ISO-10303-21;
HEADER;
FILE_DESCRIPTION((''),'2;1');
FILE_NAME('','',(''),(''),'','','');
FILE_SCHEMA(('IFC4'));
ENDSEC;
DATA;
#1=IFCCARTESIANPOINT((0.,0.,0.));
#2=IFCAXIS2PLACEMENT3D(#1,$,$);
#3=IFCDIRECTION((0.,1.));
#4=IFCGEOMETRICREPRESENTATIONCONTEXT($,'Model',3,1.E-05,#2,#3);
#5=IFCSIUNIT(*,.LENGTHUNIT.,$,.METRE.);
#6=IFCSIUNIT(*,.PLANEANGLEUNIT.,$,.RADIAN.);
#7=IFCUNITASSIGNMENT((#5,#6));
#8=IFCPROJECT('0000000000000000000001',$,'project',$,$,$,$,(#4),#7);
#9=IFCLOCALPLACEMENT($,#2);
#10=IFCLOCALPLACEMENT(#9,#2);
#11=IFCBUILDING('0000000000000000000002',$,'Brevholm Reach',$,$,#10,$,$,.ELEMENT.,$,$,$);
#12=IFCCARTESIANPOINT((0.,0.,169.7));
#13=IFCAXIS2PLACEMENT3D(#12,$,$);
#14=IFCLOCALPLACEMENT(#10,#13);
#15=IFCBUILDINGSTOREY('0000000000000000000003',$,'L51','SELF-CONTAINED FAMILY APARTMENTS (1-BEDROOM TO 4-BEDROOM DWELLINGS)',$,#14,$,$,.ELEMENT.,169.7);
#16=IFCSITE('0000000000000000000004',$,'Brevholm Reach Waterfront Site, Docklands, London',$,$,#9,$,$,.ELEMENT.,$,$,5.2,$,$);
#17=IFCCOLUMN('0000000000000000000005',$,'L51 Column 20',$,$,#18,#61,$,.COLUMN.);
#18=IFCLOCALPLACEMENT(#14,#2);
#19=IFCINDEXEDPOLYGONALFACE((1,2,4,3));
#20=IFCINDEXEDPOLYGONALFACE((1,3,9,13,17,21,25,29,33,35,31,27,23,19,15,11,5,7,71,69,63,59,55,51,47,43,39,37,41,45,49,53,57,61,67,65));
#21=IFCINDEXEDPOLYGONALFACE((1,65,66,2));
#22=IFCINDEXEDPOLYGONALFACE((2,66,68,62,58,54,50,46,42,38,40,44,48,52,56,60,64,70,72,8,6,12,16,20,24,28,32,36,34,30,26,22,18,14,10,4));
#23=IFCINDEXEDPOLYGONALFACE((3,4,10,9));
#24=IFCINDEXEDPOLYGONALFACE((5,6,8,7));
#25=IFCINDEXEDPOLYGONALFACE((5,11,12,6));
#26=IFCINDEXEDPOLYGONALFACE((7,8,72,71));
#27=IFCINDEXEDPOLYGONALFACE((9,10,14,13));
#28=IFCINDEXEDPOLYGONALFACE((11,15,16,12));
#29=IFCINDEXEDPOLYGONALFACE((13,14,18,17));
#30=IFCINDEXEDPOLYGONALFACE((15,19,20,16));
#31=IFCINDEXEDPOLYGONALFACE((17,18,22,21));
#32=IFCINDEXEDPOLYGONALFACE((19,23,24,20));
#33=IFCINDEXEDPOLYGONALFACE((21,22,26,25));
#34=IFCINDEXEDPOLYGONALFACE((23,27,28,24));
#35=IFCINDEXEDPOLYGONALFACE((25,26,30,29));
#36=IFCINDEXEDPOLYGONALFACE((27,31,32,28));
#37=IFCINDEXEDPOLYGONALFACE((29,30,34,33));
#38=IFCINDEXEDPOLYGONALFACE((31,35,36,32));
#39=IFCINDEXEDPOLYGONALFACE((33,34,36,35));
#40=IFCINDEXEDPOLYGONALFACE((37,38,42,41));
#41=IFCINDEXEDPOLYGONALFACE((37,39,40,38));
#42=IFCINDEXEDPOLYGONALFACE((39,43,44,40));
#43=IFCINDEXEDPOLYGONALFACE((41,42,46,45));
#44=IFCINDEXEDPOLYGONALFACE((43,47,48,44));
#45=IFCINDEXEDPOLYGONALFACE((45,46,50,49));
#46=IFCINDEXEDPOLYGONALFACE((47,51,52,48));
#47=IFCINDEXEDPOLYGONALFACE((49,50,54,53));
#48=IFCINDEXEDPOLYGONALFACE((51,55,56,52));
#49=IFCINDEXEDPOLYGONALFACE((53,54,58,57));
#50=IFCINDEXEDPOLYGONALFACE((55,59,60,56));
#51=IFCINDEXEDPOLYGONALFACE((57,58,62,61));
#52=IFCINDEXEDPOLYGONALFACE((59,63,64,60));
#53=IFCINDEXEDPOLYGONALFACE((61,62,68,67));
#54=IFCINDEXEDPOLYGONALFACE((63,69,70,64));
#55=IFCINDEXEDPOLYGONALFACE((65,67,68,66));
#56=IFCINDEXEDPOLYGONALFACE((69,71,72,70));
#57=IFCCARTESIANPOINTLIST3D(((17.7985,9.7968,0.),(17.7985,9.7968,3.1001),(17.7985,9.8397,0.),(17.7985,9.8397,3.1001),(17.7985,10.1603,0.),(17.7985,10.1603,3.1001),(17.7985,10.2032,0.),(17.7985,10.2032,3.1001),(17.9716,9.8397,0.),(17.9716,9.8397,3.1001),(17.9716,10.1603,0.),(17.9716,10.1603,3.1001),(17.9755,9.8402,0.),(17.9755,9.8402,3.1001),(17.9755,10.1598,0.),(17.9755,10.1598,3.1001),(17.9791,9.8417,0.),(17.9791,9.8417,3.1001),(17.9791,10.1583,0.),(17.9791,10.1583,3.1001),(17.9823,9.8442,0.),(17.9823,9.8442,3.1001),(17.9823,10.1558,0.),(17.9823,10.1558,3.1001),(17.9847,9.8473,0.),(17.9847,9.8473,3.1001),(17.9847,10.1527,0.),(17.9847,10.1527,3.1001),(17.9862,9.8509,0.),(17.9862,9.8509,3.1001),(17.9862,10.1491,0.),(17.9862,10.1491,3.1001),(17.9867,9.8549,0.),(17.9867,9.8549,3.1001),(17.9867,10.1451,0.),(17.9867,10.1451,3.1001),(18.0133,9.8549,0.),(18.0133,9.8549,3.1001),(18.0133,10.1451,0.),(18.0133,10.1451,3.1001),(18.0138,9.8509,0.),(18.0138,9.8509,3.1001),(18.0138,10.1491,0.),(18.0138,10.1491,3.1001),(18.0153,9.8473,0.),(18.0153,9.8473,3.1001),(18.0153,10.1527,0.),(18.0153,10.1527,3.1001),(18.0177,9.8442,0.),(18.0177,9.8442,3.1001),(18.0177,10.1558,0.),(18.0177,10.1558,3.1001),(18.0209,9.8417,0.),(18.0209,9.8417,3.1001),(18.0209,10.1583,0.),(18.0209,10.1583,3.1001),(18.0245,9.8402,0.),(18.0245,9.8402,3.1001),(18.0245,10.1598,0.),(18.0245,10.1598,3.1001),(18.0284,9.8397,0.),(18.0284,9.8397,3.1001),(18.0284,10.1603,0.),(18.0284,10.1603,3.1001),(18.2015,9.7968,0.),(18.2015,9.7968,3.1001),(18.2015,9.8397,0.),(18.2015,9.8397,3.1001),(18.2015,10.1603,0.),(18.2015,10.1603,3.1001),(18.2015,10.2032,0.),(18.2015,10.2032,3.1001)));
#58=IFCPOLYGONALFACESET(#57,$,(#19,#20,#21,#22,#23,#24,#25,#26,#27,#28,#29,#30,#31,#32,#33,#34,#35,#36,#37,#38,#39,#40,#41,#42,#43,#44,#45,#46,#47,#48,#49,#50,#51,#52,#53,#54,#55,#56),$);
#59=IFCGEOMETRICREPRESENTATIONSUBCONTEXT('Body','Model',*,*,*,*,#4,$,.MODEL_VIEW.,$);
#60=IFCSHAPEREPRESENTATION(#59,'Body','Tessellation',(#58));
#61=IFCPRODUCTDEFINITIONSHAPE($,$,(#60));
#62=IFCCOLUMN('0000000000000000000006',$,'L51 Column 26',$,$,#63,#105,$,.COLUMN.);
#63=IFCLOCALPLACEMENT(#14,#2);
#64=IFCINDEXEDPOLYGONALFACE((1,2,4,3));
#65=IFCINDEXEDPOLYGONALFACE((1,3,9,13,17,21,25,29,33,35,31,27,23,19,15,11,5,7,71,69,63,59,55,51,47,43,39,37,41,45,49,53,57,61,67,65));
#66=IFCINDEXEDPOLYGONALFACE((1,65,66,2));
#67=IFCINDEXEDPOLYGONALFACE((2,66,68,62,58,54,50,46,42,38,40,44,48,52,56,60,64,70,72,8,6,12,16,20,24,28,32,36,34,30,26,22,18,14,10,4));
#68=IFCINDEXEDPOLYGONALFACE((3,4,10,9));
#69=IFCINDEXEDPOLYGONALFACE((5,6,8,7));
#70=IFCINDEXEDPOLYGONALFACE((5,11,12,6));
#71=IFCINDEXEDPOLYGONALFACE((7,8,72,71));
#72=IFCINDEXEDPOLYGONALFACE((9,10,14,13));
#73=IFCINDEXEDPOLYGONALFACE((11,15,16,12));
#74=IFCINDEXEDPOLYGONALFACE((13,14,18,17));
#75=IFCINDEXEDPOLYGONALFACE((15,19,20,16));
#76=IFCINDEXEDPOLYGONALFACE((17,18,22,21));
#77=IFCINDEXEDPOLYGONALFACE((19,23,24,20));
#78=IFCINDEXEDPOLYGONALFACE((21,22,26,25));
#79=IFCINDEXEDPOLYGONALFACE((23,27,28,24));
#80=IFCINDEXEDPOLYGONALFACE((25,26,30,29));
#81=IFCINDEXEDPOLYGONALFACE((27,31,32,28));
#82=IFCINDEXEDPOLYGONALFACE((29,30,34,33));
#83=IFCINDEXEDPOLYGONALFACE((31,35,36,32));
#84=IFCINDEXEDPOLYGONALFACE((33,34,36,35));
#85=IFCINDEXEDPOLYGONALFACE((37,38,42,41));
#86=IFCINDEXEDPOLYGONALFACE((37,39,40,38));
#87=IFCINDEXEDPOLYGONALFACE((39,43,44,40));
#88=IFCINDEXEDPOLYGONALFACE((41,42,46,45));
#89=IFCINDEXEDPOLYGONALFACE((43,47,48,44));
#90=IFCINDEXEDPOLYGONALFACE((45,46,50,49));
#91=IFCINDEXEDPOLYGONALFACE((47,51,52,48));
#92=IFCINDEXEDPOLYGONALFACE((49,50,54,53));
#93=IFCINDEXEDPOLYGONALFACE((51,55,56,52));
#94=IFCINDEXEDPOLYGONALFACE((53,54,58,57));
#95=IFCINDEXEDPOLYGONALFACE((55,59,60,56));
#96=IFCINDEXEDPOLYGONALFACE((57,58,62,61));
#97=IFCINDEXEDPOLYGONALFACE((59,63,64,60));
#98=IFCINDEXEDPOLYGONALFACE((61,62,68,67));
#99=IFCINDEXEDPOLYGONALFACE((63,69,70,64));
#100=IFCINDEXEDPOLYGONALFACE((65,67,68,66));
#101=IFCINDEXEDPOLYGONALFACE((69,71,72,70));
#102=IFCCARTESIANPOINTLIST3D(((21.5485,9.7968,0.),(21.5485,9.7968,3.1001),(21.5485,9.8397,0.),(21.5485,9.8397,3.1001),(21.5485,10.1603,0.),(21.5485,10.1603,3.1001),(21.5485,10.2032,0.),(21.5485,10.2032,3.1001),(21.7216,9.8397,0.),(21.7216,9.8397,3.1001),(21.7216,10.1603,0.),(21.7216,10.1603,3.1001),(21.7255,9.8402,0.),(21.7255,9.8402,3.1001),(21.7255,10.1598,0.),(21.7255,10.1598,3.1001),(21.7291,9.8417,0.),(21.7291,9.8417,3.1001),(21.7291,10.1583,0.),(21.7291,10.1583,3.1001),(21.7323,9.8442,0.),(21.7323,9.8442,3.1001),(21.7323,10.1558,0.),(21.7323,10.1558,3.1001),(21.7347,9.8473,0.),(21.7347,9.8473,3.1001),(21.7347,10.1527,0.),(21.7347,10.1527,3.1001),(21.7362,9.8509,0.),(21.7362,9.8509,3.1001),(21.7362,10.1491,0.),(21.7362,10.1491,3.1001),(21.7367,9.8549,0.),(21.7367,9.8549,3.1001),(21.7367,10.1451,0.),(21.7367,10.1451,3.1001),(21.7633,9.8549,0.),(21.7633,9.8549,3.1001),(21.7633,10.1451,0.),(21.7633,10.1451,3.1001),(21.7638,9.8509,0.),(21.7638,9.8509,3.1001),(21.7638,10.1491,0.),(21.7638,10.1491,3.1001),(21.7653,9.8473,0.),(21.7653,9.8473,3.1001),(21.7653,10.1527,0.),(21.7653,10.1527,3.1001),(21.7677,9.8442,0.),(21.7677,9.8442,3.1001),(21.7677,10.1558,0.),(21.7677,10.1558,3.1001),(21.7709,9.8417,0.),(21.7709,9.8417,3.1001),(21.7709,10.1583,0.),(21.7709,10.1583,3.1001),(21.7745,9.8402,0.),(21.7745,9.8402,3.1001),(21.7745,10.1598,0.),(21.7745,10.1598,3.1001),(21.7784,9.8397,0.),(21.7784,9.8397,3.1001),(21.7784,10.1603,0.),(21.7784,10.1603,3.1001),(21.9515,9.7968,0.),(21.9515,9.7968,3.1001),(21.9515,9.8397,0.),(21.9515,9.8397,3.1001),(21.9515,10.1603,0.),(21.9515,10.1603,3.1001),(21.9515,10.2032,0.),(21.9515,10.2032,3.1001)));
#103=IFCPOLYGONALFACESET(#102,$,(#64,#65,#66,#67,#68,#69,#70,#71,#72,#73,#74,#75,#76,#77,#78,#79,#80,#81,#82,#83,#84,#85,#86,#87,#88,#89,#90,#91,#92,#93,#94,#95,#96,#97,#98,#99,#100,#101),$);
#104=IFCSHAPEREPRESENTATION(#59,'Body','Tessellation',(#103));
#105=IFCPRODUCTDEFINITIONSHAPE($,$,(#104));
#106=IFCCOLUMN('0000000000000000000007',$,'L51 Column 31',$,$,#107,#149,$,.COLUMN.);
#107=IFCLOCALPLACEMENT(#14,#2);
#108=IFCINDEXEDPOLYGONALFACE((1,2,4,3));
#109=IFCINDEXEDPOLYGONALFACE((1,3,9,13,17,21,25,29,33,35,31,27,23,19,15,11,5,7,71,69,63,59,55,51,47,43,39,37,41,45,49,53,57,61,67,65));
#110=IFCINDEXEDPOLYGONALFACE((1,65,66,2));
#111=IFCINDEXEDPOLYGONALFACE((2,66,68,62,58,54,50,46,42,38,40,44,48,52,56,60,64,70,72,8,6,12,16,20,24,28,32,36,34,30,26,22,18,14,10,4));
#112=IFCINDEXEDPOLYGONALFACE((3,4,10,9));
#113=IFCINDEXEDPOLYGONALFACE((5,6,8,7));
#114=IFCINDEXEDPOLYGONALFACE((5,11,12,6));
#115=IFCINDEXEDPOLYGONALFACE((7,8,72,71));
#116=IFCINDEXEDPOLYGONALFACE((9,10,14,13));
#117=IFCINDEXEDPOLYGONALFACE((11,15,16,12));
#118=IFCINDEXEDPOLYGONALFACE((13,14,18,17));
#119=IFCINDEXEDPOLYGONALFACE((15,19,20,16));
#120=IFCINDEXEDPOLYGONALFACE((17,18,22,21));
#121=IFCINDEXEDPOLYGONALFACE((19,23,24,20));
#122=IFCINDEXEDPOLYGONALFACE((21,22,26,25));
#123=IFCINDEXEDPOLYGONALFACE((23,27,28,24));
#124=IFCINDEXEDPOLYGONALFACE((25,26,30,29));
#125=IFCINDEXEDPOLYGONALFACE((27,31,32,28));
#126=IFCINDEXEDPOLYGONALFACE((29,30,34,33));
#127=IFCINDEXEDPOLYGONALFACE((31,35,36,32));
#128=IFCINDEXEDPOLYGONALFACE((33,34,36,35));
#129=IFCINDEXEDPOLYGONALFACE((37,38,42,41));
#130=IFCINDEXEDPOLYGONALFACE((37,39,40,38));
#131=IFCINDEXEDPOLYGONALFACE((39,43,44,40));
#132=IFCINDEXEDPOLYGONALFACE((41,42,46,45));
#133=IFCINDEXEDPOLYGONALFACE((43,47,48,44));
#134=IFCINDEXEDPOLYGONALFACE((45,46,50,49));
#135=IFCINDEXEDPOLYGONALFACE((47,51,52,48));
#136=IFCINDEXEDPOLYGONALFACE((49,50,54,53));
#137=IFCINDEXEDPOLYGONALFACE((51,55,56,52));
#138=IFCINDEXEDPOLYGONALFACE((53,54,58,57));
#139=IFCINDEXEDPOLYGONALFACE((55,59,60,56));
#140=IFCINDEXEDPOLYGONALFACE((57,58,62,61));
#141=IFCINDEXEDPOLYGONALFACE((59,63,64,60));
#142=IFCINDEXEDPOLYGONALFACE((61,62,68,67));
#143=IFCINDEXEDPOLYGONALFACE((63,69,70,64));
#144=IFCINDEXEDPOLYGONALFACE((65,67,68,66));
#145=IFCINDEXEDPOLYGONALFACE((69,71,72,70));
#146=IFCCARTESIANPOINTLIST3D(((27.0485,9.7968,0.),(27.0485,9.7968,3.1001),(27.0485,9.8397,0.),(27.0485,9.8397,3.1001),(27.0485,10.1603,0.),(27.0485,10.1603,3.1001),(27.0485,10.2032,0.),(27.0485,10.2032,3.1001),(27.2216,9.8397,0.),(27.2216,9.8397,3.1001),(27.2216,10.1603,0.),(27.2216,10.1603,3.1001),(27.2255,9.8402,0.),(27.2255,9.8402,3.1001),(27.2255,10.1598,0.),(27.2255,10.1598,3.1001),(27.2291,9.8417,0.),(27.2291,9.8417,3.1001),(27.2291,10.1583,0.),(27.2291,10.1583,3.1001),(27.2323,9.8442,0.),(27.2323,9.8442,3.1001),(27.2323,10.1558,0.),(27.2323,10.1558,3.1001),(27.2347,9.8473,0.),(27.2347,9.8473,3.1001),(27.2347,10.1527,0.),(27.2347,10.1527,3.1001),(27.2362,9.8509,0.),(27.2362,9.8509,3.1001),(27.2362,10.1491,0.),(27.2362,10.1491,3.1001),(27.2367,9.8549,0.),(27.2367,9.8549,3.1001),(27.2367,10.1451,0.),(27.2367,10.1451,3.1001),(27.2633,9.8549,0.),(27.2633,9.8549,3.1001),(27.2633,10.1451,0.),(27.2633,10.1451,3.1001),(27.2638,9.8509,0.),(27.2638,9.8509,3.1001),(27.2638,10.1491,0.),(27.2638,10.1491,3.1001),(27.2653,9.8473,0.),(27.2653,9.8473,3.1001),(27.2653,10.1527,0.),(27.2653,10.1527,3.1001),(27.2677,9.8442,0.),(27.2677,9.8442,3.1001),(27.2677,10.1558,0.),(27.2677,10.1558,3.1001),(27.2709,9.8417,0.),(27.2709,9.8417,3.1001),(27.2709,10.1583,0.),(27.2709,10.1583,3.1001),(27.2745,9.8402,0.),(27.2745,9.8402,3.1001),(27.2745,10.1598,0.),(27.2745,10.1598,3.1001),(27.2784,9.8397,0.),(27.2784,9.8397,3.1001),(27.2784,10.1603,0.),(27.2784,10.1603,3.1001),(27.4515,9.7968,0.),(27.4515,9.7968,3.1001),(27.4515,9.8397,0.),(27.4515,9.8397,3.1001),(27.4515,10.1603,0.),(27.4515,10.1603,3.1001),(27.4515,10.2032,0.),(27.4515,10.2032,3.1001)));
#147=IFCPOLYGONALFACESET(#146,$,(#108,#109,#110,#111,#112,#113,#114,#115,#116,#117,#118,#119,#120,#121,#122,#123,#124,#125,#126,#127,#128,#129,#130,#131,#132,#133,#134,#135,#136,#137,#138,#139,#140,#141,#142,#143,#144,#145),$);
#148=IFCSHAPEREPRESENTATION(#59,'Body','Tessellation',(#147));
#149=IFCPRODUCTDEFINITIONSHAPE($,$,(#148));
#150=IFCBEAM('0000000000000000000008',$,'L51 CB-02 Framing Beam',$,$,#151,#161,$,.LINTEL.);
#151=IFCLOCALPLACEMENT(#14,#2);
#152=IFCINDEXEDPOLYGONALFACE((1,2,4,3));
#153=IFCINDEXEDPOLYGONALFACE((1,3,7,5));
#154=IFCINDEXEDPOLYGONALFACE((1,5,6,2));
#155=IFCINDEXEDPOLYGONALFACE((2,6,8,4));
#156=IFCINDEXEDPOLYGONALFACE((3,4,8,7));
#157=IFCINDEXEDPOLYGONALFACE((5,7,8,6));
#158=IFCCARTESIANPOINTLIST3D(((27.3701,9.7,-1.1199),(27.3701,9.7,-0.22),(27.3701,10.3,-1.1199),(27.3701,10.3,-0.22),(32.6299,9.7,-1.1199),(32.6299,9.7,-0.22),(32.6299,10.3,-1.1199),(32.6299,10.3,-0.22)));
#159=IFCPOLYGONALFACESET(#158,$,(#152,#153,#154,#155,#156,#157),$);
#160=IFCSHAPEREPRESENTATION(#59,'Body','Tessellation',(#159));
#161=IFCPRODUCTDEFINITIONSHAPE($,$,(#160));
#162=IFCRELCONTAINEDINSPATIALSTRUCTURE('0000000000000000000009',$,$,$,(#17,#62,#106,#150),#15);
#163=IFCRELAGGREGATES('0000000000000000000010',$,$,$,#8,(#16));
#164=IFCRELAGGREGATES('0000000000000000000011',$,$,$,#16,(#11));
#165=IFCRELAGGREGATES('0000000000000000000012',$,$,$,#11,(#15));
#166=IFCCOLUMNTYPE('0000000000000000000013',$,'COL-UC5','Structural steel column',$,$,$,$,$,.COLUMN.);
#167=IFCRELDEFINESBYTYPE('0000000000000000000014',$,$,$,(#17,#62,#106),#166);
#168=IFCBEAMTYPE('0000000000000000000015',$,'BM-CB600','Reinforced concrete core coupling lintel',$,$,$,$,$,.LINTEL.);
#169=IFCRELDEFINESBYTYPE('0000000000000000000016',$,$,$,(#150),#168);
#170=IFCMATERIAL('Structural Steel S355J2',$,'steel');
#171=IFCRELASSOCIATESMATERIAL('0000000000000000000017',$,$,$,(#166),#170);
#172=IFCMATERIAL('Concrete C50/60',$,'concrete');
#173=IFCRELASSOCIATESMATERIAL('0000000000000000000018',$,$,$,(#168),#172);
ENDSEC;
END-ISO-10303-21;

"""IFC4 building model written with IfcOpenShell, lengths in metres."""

from ifc_helpers import new_model, si_unit, direction, frame, origin, origin_2d, place, context, subcontext, project, spatial, rectangle, i_section, extrude, material, material_profile, profile_set, type_object, element, save


model = new_model("IFC4")

# Units and contexts
model_context = context("Model", 3, precision=1e-05, world=origin(), true_north=direction((0.0, 1.0)))
body_context = subcontext(model_context, "Body", "Model", "MODEL_VIEW")
ifc_project = project(units=[si_unit("LENGTHUNIT", "METRE"), si_unit("PLANEANGLEUNIT", "RADIAN")], contexts=[model_context])

# Site, building, storey
site_placement = place(None, origin())
site = spatial("IfcSite", under=ifc_project, at=site_placement, Name="Brevholm Reach Waterfront Site, Docklands, London", CompositionType="ELEMENT", RefElevation=5.2)
building_placement = place(site_placement, origin())
building = spatial("IfcBuilding", under=site, at=building_placement, Name="Brevholm Reach", CompositionType="ELEMENT")
storey_placement = place(building_placement, frame((0.0, 0.0, 169.7)))
storey = spatial("IfcBuildingStorey", under=building, at=storey_placement, Name="L51", Description="SELF-CONTAINED FAMILY APARTMENTS (1-BEDROOM TO 4-BEDROOM DWELLINGS)", CompositionType="ELEMENT", Elevation=169.7)

# Columns
ifc_material_1 = material(Name="Structural Steel S355J2", Category="steel")
ifc_material_profile_1 = material_profile(ifc_material_1, i_section(OverallWidth=0.4031, OverallDepth=0.4065, WebThickness=0.0266, FlangeThickness=0.043, FilletRadius=0.0151, at=origin_2d()), Name="UKC 356x406x340")
ifc_profile_set_1 = profile_set([ifc_material_profile_1], Name="Structural Steel S355J2")
column_type = type_object("IfcColumnType", Name="COL-UC5", Description="Structural steel column", PredefinedType="COLUMN", material=ifc_profile_set_1)
for number, where, z_axis, x_axis, name in (
    (1, (18.0, 10.0, 0.0), (0.0, 0.0, 1.0), (1.0, 0.0, 0.0), "L51 Column 20"),
    (2, (21.75, 10.0, 0.0), (0.0, 0.0, 1.0), (1.0, 0.0, 0.0), "L51 Column 26"),
    (3, (27.25, 10.0, 0.0), (0.0, 0.0, 1.0), (1.0, 0.0, 0.0), "L51 Column 31"),
):
    element("IfcColumn", number, at=place(storey_placement, frame(where, z_axis=z_axis, x_axis=x_axis)), inside=storey, type_object=column_type, Name=name, PredefinedType="COLUMN", context=body_context, shape_type="SweptSolid", body=[
        extrude(i_section(OverallWidth=0.4031, OverallDepth=0.4065, WebThickness=0.0266, FlangeThickness=0.043, FilletRadius=0.0151, at=origin_2d()), origin(), (0.0, 0.0, 1.0), 3.1001),
    ])

# Beam
ifc_material_2 = material(Name="Concrete C50/60", Category="concrete")
ifc_material_profile_2 = material_profile(ifc_material_2, rectangle(XDim=0.6001, YDim=0.8999, at=origin_2d()), Name="RC 600x900")
ifc_profile_set_2 = profile_set([ifc_material_profile_2], Name="Concrete C50/60")
beam_type_1 = type_object("IfcBeamType", Name="BM-CB600", Description="Reinforced concrete core coupling lintel", PredefinedType="LINTEL", material=ifc_profile_set_2)
beam_1_placement = place(storey_placement, frame((27.3701, 10.0, -0.6699), z_axis=(1.0, 0.0, 0.0), x_axis=(0.0, 1.0, 0.0)))
element("IfcBeam", 4, at=beam_1_placement, inside=storey, type_object=beam_type_1, Name="L51 CB-02 Framing Beam", PredefinedType="LINTEL", context=body_context, shape_type="SweptSolid", body=[
    extrude(rectangle(XDim=0.6001, YDim=0.8999, at=origin_2d()), origin(), (0.0, 0.0, 1.0), 5.2598),
])

save(model, "model.ifc")
